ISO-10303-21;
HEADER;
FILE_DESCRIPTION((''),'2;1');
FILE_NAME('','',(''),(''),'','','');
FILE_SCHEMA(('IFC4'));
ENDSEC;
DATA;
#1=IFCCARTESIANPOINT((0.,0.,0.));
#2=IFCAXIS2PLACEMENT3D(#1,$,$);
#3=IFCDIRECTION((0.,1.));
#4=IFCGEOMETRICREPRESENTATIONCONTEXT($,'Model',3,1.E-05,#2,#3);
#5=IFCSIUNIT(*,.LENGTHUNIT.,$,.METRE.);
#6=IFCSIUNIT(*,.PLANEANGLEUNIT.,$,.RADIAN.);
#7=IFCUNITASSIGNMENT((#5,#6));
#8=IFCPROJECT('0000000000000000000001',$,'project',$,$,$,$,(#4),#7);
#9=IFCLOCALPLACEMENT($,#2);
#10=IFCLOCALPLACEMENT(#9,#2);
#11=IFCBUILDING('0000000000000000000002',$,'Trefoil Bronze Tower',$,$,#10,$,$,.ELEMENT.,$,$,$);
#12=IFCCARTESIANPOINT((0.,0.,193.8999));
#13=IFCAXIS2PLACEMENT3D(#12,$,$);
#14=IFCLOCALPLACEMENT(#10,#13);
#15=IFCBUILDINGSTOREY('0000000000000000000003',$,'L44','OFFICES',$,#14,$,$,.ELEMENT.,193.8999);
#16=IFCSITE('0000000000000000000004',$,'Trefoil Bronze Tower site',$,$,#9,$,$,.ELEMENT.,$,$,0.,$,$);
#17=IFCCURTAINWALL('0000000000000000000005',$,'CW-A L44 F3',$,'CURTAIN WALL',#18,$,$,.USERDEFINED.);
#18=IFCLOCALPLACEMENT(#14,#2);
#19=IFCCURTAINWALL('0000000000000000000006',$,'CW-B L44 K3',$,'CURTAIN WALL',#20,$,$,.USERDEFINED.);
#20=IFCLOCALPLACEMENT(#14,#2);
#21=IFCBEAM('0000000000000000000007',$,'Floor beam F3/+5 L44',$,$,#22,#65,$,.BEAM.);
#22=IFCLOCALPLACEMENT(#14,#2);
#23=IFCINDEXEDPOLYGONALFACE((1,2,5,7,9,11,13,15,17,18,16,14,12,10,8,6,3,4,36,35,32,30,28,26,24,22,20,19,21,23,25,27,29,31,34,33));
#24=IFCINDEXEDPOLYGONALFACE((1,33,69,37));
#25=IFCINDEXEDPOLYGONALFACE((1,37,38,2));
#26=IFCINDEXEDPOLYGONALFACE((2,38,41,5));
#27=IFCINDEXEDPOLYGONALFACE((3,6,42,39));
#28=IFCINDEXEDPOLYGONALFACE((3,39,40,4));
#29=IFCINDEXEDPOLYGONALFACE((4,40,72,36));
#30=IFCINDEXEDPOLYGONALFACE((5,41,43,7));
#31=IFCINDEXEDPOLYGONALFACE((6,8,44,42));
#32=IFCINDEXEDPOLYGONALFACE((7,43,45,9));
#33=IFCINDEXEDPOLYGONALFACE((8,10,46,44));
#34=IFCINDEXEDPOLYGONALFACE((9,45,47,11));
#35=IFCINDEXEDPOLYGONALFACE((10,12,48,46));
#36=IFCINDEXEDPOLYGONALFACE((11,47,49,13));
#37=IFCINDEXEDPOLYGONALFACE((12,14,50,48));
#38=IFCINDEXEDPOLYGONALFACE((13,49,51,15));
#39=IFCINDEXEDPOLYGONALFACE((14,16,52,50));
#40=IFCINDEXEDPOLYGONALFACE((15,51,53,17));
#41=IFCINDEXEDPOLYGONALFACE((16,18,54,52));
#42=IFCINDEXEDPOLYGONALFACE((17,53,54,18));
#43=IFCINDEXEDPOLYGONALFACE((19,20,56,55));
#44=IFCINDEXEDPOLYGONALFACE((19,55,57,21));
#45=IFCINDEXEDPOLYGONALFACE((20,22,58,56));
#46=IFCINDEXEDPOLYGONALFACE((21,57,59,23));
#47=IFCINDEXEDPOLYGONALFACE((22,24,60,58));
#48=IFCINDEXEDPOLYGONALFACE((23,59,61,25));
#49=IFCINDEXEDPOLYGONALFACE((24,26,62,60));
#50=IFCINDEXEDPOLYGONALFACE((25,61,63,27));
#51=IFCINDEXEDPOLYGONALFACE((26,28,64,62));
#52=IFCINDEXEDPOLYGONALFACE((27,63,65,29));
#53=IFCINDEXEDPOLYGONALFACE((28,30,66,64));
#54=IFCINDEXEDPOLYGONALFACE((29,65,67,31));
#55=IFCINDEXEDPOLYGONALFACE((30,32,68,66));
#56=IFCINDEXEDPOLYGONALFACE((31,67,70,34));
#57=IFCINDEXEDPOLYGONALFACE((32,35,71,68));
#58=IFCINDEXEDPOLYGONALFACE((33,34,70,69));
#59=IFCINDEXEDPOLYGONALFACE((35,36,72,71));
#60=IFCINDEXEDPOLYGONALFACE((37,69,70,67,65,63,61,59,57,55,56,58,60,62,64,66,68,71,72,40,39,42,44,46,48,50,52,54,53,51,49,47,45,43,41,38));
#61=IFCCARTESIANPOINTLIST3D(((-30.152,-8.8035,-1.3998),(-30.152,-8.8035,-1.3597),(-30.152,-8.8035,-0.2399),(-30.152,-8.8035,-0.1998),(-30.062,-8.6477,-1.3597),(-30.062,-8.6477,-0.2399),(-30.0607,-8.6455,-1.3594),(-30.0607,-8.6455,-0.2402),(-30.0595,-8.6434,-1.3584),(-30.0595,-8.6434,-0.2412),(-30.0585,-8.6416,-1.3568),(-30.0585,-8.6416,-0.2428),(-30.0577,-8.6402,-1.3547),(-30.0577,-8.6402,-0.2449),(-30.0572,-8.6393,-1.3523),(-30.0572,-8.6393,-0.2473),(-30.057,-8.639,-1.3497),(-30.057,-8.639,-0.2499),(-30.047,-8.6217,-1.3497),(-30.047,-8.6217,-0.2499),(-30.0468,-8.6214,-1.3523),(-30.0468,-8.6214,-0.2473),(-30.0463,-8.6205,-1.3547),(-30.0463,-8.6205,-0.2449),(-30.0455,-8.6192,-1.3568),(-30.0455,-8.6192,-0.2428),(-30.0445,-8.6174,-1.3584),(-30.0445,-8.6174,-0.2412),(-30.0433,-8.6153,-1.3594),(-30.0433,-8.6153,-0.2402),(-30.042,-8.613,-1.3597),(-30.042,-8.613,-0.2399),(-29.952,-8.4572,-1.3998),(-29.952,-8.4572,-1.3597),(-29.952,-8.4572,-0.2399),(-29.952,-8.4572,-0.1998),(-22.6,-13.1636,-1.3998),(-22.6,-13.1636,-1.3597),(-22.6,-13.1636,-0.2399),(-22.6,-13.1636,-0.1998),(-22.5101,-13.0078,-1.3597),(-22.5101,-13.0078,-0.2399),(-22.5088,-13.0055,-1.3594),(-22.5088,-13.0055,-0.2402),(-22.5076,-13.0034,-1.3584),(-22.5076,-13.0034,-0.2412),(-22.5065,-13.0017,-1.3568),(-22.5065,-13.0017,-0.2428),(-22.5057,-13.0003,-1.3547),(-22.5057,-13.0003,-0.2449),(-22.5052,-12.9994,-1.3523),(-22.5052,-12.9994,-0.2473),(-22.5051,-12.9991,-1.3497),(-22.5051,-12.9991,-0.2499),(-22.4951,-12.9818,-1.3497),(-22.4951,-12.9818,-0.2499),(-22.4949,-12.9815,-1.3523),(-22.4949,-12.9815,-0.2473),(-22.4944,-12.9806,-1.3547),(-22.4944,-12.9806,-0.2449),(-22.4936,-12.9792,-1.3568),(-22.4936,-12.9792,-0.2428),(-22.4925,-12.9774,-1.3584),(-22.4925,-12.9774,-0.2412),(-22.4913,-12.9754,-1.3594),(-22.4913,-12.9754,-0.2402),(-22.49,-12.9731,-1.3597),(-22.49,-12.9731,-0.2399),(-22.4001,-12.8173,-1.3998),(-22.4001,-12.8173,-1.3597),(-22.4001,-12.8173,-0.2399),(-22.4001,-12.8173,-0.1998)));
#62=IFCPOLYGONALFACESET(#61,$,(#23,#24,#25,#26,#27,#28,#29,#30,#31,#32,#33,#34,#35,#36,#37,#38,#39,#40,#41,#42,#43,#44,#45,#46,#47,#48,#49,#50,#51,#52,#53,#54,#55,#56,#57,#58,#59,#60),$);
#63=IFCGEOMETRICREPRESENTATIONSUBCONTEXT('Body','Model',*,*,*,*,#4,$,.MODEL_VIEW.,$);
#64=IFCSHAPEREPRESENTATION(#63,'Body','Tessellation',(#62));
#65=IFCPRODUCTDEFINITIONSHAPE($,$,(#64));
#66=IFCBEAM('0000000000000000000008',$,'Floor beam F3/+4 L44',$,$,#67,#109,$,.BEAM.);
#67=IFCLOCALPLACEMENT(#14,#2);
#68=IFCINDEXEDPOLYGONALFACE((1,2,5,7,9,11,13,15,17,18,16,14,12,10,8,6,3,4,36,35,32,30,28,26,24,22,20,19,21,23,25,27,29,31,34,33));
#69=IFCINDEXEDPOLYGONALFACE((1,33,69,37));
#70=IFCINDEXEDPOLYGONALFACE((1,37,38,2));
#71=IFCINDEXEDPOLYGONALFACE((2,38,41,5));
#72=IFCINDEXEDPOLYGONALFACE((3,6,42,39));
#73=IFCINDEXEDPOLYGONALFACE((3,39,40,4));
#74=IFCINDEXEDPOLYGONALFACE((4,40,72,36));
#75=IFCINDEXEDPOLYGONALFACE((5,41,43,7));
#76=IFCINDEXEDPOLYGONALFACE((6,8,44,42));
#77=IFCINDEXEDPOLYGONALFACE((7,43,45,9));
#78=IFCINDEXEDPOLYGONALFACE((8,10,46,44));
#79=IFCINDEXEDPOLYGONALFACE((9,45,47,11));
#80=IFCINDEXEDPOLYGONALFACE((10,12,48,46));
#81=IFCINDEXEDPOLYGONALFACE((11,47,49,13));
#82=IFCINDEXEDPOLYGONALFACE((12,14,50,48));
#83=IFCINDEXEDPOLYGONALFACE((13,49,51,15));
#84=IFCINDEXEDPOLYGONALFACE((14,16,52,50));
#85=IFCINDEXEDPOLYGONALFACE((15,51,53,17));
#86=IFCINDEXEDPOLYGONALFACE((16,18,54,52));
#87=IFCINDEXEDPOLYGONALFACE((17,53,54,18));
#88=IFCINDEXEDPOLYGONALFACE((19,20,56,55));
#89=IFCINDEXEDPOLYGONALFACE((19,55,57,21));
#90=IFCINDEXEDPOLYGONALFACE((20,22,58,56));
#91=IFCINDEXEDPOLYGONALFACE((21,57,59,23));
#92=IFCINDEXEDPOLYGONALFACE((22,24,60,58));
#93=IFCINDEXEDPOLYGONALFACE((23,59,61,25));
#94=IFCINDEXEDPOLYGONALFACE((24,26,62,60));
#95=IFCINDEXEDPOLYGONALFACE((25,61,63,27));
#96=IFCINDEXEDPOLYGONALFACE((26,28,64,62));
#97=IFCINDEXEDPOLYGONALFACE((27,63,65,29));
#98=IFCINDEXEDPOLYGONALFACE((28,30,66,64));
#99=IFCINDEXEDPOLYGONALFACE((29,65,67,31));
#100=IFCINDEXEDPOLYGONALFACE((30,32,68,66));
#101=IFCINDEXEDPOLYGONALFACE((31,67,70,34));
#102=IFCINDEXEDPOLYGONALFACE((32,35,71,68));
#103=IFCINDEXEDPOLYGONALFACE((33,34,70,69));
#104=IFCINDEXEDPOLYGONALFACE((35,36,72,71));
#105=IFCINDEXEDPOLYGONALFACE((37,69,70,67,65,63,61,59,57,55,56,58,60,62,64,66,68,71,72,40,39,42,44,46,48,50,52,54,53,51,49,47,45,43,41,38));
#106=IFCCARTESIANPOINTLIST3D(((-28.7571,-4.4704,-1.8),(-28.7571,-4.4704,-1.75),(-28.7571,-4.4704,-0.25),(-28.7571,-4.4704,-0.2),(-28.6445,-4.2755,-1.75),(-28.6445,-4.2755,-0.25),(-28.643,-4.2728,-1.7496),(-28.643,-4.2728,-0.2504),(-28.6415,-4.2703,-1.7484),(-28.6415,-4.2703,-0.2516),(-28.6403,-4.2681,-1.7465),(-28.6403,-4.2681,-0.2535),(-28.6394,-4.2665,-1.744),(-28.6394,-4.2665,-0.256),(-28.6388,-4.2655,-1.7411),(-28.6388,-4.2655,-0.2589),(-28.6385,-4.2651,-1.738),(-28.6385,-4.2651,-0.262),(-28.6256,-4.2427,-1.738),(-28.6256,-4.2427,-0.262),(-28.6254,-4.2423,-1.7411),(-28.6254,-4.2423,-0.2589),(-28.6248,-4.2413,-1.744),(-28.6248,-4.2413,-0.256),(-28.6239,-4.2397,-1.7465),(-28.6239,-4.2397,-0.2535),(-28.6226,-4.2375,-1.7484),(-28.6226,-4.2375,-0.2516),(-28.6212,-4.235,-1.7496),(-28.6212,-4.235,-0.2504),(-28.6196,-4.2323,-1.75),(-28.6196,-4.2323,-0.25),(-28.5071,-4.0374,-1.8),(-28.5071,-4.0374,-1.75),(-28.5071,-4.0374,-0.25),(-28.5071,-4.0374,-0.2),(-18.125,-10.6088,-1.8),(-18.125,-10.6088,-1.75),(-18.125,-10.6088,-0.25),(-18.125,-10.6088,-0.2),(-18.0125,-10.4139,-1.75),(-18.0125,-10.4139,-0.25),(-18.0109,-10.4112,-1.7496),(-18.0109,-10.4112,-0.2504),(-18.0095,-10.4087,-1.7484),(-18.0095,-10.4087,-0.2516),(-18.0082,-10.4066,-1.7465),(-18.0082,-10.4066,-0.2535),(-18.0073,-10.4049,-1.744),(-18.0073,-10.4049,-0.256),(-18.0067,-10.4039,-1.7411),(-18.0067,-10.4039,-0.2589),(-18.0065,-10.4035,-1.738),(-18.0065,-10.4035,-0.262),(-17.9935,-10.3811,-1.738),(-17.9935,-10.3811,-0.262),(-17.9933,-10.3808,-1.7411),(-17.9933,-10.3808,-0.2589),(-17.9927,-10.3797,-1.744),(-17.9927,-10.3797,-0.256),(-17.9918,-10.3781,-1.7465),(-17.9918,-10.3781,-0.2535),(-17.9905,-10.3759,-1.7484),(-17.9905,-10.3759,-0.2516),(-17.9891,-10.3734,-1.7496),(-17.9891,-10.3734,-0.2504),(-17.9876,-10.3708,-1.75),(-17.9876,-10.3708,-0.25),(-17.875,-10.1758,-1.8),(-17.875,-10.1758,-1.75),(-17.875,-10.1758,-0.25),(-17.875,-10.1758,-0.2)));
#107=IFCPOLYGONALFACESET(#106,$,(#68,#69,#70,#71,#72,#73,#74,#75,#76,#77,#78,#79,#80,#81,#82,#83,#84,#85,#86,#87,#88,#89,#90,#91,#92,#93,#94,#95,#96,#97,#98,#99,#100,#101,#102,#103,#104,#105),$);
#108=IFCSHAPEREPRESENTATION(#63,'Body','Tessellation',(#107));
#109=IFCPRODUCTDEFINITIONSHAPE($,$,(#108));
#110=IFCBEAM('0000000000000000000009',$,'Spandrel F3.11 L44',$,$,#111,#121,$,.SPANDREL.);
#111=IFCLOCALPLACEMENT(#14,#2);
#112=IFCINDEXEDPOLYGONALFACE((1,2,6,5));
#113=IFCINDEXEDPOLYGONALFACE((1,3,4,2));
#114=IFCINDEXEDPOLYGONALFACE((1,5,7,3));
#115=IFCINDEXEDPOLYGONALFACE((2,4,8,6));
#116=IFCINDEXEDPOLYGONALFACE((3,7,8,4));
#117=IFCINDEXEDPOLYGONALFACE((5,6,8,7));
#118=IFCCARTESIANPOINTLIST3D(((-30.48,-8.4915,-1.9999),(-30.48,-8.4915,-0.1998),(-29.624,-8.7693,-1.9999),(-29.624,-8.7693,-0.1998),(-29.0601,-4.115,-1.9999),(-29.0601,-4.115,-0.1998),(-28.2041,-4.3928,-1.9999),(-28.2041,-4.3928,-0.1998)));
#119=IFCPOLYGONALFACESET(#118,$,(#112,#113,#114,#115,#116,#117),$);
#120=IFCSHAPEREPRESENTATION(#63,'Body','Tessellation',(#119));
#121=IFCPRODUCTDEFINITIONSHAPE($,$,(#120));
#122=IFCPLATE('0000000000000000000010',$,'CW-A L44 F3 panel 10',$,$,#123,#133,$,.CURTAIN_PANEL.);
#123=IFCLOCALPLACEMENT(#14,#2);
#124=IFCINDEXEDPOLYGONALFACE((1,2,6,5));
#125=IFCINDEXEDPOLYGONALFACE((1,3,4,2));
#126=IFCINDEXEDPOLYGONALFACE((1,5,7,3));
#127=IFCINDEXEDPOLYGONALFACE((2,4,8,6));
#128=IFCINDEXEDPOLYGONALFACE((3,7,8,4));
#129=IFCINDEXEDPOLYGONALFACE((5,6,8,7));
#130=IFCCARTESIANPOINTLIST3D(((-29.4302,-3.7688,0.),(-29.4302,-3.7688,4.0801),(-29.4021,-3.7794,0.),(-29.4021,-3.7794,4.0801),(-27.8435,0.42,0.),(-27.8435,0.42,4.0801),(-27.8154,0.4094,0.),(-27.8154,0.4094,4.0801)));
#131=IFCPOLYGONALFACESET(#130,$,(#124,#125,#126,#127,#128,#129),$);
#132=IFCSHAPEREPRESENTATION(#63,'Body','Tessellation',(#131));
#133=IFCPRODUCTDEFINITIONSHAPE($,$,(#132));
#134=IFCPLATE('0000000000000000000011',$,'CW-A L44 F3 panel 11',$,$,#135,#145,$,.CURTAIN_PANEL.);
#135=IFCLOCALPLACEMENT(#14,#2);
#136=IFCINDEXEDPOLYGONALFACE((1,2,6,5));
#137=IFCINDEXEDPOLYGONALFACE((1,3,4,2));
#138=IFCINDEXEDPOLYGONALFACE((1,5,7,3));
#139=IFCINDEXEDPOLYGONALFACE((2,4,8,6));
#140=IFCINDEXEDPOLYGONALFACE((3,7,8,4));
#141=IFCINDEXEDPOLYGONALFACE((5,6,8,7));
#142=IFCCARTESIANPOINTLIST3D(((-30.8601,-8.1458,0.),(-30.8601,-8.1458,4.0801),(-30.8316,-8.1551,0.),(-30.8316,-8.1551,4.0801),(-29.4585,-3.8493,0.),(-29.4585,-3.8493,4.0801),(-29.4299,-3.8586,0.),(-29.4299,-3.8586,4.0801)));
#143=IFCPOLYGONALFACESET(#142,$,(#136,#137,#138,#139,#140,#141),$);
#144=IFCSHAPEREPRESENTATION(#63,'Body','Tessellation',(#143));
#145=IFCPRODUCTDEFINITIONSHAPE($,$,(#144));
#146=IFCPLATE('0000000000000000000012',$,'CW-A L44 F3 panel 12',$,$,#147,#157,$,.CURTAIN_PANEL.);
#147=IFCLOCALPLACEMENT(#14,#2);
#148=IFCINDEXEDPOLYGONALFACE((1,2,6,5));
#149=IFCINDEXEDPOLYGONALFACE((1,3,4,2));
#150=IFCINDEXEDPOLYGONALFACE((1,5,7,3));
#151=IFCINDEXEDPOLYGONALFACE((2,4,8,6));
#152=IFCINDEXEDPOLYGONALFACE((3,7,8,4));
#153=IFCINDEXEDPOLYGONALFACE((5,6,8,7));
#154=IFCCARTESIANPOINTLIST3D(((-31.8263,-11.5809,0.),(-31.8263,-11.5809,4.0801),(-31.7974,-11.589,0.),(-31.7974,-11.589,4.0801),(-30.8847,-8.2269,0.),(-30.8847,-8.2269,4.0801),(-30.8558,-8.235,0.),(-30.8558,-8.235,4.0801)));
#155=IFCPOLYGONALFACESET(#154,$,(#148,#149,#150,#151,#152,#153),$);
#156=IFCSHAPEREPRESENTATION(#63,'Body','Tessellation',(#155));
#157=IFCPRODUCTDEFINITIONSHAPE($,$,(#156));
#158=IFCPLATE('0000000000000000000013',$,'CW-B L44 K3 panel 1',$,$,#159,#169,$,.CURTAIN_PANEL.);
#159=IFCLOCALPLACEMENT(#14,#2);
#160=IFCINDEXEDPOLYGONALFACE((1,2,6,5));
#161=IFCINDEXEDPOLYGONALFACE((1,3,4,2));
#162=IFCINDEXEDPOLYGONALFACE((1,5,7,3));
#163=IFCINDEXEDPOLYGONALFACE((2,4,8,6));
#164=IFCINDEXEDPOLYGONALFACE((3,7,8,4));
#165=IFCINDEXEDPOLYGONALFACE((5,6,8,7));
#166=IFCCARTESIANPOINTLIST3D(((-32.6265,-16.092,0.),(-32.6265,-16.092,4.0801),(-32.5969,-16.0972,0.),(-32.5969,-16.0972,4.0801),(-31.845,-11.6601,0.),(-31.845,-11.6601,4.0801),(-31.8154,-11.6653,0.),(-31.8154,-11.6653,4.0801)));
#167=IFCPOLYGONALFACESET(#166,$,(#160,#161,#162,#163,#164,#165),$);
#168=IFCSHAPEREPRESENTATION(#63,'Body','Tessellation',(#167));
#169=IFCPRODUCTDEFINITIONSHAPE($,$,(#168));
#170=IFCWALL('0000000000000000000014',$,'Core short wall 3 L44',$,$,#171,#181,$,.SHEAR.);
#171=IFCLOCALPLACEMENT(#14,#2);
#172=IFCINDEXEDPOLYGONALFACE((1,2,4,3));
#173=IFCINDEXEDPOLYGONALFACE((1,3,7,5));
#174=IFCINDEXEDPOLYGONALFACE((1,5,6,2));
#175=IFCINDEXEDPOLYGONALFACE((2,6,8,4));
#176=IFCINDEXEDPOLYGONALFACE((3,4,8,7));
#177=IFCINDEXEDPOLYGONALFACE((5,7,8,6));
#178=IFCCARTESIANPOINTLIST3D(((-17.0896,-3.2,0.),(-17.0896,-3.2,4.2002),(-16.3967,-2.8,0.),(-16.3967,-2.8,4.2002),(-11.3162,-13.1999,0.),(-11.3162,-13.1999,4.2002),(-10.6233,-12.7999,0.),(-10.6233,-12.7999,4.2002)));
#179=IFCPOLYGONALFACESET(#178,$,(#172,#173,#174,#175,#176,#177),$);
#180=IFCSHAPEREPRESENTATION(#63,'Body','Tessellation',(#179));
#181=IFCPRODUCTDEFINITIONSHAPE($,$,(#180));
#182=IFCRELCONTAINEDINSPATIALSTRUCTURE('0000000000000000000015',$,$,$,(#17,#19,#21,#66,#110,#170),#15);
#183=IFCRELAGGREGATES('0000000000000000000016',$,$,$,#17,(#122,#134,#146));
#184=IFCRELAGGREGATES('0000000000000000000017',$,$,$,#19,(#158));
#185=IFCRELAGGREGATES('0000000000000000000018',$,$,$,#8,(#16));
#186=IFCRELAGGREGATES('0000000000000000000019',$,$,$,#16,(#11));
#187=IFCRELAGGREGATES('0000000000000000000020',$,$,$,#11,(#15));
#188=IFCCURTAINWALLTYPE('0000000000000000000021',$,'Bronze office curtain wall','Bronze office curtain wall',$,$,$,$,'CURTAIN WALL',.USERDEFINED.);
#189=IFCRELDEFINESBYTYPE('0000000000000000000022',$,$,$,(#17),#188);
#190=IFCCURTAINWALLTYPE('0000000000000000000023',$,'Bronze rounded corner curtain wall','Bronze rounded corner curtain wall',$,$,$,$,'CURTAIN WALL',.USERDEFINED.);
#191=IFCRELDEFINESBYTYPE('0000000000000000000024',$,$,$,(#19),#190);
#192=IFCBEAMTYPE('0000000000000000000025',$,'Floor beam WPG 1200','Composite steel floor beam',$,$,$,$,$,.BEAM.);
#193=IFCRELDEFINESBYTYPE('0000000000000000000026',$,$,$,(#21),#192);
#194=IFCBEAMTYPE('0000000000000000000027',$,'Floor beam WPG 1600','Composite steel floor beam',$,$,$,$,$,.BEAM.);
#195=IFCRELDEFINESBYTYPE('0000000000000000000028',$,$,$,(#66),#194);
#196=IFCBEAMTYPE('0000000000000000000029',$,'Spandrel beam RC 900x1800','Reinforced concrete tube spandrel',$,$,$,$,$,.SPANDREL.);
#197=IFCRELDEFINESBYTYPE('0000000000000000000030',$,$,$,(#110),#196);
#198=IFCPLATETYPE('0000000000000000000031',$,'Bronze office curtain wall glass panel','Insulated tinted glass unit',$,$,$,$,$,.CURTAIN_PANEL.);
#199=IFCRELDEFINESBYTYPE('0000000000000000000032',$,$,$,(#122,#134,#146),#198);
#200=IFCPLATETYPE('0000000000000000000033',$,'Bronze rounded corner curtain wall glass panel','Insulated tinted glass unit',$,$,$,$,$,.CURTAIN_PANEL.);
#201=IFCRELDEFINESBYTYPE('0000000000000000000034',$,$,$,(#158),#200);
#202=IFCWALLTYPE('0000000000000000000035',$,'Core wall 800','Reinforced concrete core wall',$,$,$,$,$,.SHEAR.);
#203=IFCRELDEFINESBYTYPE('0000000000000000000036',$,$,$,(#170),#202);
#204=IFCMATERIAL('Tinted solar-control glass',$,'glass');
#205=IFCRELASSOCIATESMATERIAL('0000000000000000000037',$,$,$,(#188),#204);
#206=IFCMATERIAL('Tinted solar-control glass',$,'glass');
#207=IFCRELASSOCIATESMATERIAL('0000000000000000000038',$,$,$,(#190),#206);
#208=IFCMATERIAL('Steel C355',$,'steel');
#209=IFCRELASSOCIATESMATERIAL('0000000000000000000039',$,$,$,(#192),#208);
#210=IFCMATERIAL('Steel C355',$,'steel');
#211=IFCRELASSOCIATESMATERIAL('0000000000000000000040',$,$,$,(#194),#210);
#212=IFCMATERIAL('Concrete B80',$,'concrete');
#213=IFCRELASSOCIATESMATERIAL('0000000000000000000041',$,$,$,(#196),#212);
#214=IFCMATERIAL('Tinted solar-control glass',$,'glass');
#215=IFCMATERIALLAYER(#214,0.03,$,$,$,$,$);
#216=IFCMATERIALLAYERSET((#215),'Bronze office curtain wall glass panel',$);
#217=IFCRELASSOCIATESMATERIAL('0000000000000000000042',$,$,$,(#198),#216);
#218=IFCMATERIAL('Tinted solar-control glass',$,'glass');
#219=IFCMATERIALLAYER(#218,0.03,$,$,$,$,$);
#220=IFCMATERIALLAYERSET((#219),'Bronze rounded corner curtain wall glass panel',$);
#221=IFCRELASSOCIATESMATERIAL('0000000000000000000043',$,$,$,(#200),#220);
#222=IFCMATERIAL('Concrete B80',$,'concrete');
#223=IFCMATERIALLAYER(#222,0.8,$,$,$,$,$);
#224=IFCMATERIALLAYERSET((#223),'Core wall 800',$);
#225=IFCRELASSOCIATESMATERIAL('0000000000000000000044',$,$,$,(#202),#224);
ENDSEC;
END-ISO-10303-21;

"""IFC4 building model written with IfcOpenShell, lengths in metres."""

from ifc_helpers import new_model, si_unit, direction, frame, frame_2d, origin, origin_2d, place, context, subcontext, project, spatial, rectangle, i_section, extrude, material, layer, layer_set, material_profile, profile_set, type_object, element, aggregate, save


model = new_model("IFC4")

# Units and contexts
model_context = context("Model", 3, precision=1e-05, world=origin(), true_north=direction((0.0, 1.0)))
body_context = subcontext(model_context, "Body", "Model", "MODEL_VIEW")
ifc_project = project(units=[si_unit("LENGTHUNIT", "METRE"), si_unit("PLANEANGLEUNIT", "RADIAN")], contexts=[model_context])

# Site, building, storey
site_placement = place(None, origin())
site = spatial("IfcSite", under=ifc_project, at=site_placement, Name="Trefoil Bronze Tower site", CompositionType="ELEMENT", RefElevation=0.0)
building_placement = place(site_placement, origin())
building = spatial("IfcBuilding", under=site, at=building_placement, Name="Trefoil Bronze Tower", CompositionType="ELEMENT")
storey_placement = place(building_placement, frame((0.0, 0.0, 193.8999)))
storey = spatial("IfcBuildingStorey", under=building, at=storey_placement, Name="L44", Description="OFFICES", CompositionType="ELEMENT", Elevation=193.8999)

# Curtain walls
ifc_material_1 = material(Name="Tinted solar-control glass", Category="glass")
curtain_wall_type_1 = type_object("IfcCurtainWallType", Name="Bronze office curtain wall", Description="Bronze office curtain wall", ElementType="CURTAIN WALL", PredefinedType="USERDEFINED", material=ifc_material_1)
curtain_wall_1_placement = place(storey_placement, origin())
curtain_wall_1 = element("IfcCurtainWall", 1, at=curtain_wall_1_placement, inside=storey, type_object=curtain_wall_type_1, Name="CW-A L44 F3", ObjectType="CURTAIN WALL", PredefinedType="USERDEFINED")
ifc_material_2 = material(Name="Tinted solar-control glass", Category="glass")
curtain_wall_type_2 = type_object("IfcCurtainWallType", Name="Bronze rounded corner curtain wall", Description="Bronze rounded corner curtain wall", ElementType="CURTAIN WALL", PredefinedType="USERDEFINED", material=ifc_material_2)
curtain_wall_2_placement = place(storey_placement, origin())
curtain_wall_2 = element("IfcCurtainWall", 2, at=curtain_wall_2_placement, inside=storey, type_object=curtain_wall_type_2, Name="CW-B L44 K3", ObjectType="CURTAIN WALL", PredefinedType="USERDEFINED")

# Beams
ifc_material_3 = material(Name="Steel C355", Category="steel")
ifc_material_profile_1 = material_profile(ifc_material_3, i_section(OverallWidth=0.3999, OverallDepth=1.2, WebThickness=0.02, FlangeThickness=0.04, FilletRadius=0.01, at=origin_2d()), Name="WPG 1200")
ifc_profile_set_1 = profile_set([ifc_material_profile_1], Name="Steel C355")
beam_type_1 = type_object("IfcBeamType", Name="Floor beam WPG 1200", Description="Composite steel floor beam", PredefinedType="BEAM", material=ifc_profile_set_1)
beam_1_placement = place(storey_placement, frame((-30.052, -8.6304, -0.7998), z_axis=(0.866028, -0.499996, 0.0), x_axis=(0.499996, 0.866028, 0.0)))
element("IfcBeam", 3, at=beam_1_placement, inside=storey, type_object=beam_type_1, Name="Floor beam F3/+5 L44", PredefinedType="BEAM", context=body_context, shape_type="SweptSolid", body=[
    extrude(i_section(OverallWidth=0.3999, OverallDepth=1.2, WebThickness=0.02, FlangeThickness=0.04, FilletRadius=0.01, at=origin_2d()), origin(), (0.0, 0.0, 1.0), 8.7202),
])
ifc_material_4 = material(Name="Steel C355", Category="steel")
ifc_material_profile_2 = material_profile(ifc_material_4, i_section(OverallWidth=0.5, OverallDepth=1.6001, WebThickness=0.0259, FlangeThickness=0.05, FilletRadius=0.012, at=origin_2d()), Name="WPG 1600")
ifc_profile_set_2 = profile_set([ifc_material_profile_2], Name="Steel C355")
beam_type_2 = type_object("IfcBeamType", Name="Floor beam WPG 1600", Description="Composite steel floor beam", PredefinedType="BEAM", material=ifc_profile_set_2)
beam_2_placement = place(storey_placement, frame((-28.6321, -4.2539, -1.0), z_axis=(0.866026, -0.5, 0.0), x_axis=(0.5, 0.866026, 0.0)))
element("IfcBeam", 4, at=beam_2_placement, inside=storey, type_object=beam_type_2, Name="Floor beam F3/+4 L44", PredefinedType="BEAM", context=body_context, shape_type="SweptSolid", body=[
    extrude(i_section(OverallWidth=0.5, OverallDepth=1.6001, WebThickness=0.0259, FlangeThickness=0.05, FilletRadius=0.012, at=origin_2d()), origin(), (0.0, 0.0, 1.0), 12.2769),
])
ifc_material_5 = material(Name="Concrete B80", Category="concrete")
ifc_material_profile_3 = material_profile(ifc_material_5, rectangle(XDim=0.8999, YDim=1.8, at=origin_2d()), Name="RC 900x1800")
ifc_profile_set_3 = profile_set([ifc_material_profile_3], Name="Concrete B80")
beam_type_3 = type_object("IfcBeamType", Name="Spandrel beam RC 900x1800", Description="Reinforced concrete tube spandrel", PredefinedType="SPANDREL", material=ifc_profile_set_3)
beam_3_placement = place(storey_placement, frame((-28.6321, -4.2539, -1.0999), z_axis=(-0.308609, -0.951189, 0.0), x_axis=(0.951189, -0.308609, 0.0)))
element("IfcBeam", 5, at=beam_3_placement, inside=storey, type_object=beam_type_3, Name="Spandrel F3.11 L44", PredefinedType="SPANDREL", context=body_context, shape_type="SweptSolid", body=[
    extrude(rectangle(XDim=0.8999, YDim=1.8, at=origin_2d()), origin(), (0.0, 0.0, 1.0), 4.6011),
])

# Plates
ifc_material_6 = material(Name="Tinted solar-control glass", Category="glass")
ifc_layer_1 = layer(ifc_material_6, 0.03)
ifc_layer_set_1 = layer_set([ifc_layer_1], Name="Bronze office curtain wall glass panel")
plate_type_1 = type_object("IfcPlateType", Name="Bronze office curtain wall glass panel", Description="Insulated tinted glass unit", PredefinedType="CURTAIN_PANEL", material=ifc_layer_set_1)
plate_1_placement = place(storey_placement, frame((-28.6228, -1.6797, 0.0), z_axis=(0.0, 0.0, 1.0), x_axis=(-0.354234, -0.935157, 0.0)))
plate_1 = element("IfcPlate", 6, at=plate_1_placement, type_object=plate_type_1, Name="CW-A L44 F3 panel 10", PredefinedType="CURTAIN_PANEL", context=body_context, shape_type="SweptSolid", body=[
    extrude(rectangle(XDim=4.4792, YDim=0.03, at=origin_2d()), origin(), (0.0, 0.0, 1.0), 4.0801),
])
plate_2_placement = place(storey_placement, frame((-30.145, -6.0022, 0.0), z_axis=(0.0, 0.0, 1.0), x_axis=(-0.310149, -0.950688, 0.0)))
plate_2 = element("IfcPlate", 7, at=plate_2_placement, type_object=plate_type_1, Name="CW-A L44 F3 panel 11", PredefinedType="CURTAIN_PANEL", context=body_context, shape_type="SweptSolid", body=[
    extrude(rectangle(XDim=4.5193, YDim=0.03, at=origin_2d()), origin(), (0.0, 0.0, 1.0), 4.0801),
])
plate_3_placement = place(storey_placement, frame((-31.3411, -9.908, 0.0), z_axis=(0.0, 0.0, 1.0), x_axis=(-0.270282, -0.962781, 0.0)))
plate_3 = element("IfcPlate", 8, at=plate_3_placement, type_object=plate_type_1, Name="CW-A L44 F3 panel 12", PredefinedType="CURTAIN_PANEL", context=body_context, shape_type="SweptSolid", body=[
    extrude(rectangle(XDim=3.4836, YDim=0.03, at=origin_2d()), origin(), (0.0, 0.0, 1.0), 4.0801),
])
aggregate(curtain_wall_1, [plate_1, plate_2, plate_3])
ifc_material_7 = material(Name="Tinted solar-control glass", Category="glass")
ifc_layer_2 = layer(ifc_material_7, 0.03)
ifc_layer_set_2 = layer_set([ifc_layer_2], Name="Bronze rounded corner curtain wall glass panel")
plate_type_2 = type_object("IfcPlateType", Name="Bronze rounded corner curtain wall glass panel", Description="Insulated tinted glass unit", PredefinedType="CURTAIN_PANEL", material=ifc_layer_set_2)
plate_4_placement = place(storey_placement, frame((-32.2209, -13.8787, 0.0), z_axis=(0.0, 0.0, 1.0), x_axis=(-0.173648, -0.984808, 0.0)))
plate_4 = element("IfcPlate", 9, at=plate_4_placement, type_object=plate_type_2, Name="CW-B L44 K3 panel 1", PredefinedType="CURTAIN_PANEL", context=body_context, shape_type="SweptSolid", body=[
    extrude(rectangle(XDim=4.5002, YDim=0.03, at=origin_2d()), origin(), (0.0, 0.0, 1.0), 4.0801),
])
aggregate(curtain_wall_2, [plate_4])

# Wall
ifc_material_8 = material(Name="Concrete B80", Category="concrete")
ifc_layer_3 = layer(ifc_material_8, 0.8)
ifc_layer_set_3 = layer_set([ifc_layer_3], Name="Core wall 800")
wall_type_1 = type_object("IfcWallType", Name="Core wall 800", Description="Reinforced concrete core wall", PredefinedType="SHEAR", material=ifc_layer_set_3)
wall_1_placement = place(storey_placement, frame((-16.7432, -3.0, 0.0), z_axis=(0.0, 0.0, 1.0), x_axis=(0.499996, -0.866028, 0.0)))
element("IfcWall", 10, at=wall_1_placement, inside=storey, type_object=wall_type_1, Name="Core short wall 3 L44", PredefinedType="SHEAR", context=body_context, shape_type="SweptSolid", body=[
    extrude(rectangle(XDim=11.5469, YDim=0.8, at=frame_2d((5.7734, 0.0))), origin(), (0.0, 0.0, 1.0), 4.2002),
])

save(model, "model.ifc")
